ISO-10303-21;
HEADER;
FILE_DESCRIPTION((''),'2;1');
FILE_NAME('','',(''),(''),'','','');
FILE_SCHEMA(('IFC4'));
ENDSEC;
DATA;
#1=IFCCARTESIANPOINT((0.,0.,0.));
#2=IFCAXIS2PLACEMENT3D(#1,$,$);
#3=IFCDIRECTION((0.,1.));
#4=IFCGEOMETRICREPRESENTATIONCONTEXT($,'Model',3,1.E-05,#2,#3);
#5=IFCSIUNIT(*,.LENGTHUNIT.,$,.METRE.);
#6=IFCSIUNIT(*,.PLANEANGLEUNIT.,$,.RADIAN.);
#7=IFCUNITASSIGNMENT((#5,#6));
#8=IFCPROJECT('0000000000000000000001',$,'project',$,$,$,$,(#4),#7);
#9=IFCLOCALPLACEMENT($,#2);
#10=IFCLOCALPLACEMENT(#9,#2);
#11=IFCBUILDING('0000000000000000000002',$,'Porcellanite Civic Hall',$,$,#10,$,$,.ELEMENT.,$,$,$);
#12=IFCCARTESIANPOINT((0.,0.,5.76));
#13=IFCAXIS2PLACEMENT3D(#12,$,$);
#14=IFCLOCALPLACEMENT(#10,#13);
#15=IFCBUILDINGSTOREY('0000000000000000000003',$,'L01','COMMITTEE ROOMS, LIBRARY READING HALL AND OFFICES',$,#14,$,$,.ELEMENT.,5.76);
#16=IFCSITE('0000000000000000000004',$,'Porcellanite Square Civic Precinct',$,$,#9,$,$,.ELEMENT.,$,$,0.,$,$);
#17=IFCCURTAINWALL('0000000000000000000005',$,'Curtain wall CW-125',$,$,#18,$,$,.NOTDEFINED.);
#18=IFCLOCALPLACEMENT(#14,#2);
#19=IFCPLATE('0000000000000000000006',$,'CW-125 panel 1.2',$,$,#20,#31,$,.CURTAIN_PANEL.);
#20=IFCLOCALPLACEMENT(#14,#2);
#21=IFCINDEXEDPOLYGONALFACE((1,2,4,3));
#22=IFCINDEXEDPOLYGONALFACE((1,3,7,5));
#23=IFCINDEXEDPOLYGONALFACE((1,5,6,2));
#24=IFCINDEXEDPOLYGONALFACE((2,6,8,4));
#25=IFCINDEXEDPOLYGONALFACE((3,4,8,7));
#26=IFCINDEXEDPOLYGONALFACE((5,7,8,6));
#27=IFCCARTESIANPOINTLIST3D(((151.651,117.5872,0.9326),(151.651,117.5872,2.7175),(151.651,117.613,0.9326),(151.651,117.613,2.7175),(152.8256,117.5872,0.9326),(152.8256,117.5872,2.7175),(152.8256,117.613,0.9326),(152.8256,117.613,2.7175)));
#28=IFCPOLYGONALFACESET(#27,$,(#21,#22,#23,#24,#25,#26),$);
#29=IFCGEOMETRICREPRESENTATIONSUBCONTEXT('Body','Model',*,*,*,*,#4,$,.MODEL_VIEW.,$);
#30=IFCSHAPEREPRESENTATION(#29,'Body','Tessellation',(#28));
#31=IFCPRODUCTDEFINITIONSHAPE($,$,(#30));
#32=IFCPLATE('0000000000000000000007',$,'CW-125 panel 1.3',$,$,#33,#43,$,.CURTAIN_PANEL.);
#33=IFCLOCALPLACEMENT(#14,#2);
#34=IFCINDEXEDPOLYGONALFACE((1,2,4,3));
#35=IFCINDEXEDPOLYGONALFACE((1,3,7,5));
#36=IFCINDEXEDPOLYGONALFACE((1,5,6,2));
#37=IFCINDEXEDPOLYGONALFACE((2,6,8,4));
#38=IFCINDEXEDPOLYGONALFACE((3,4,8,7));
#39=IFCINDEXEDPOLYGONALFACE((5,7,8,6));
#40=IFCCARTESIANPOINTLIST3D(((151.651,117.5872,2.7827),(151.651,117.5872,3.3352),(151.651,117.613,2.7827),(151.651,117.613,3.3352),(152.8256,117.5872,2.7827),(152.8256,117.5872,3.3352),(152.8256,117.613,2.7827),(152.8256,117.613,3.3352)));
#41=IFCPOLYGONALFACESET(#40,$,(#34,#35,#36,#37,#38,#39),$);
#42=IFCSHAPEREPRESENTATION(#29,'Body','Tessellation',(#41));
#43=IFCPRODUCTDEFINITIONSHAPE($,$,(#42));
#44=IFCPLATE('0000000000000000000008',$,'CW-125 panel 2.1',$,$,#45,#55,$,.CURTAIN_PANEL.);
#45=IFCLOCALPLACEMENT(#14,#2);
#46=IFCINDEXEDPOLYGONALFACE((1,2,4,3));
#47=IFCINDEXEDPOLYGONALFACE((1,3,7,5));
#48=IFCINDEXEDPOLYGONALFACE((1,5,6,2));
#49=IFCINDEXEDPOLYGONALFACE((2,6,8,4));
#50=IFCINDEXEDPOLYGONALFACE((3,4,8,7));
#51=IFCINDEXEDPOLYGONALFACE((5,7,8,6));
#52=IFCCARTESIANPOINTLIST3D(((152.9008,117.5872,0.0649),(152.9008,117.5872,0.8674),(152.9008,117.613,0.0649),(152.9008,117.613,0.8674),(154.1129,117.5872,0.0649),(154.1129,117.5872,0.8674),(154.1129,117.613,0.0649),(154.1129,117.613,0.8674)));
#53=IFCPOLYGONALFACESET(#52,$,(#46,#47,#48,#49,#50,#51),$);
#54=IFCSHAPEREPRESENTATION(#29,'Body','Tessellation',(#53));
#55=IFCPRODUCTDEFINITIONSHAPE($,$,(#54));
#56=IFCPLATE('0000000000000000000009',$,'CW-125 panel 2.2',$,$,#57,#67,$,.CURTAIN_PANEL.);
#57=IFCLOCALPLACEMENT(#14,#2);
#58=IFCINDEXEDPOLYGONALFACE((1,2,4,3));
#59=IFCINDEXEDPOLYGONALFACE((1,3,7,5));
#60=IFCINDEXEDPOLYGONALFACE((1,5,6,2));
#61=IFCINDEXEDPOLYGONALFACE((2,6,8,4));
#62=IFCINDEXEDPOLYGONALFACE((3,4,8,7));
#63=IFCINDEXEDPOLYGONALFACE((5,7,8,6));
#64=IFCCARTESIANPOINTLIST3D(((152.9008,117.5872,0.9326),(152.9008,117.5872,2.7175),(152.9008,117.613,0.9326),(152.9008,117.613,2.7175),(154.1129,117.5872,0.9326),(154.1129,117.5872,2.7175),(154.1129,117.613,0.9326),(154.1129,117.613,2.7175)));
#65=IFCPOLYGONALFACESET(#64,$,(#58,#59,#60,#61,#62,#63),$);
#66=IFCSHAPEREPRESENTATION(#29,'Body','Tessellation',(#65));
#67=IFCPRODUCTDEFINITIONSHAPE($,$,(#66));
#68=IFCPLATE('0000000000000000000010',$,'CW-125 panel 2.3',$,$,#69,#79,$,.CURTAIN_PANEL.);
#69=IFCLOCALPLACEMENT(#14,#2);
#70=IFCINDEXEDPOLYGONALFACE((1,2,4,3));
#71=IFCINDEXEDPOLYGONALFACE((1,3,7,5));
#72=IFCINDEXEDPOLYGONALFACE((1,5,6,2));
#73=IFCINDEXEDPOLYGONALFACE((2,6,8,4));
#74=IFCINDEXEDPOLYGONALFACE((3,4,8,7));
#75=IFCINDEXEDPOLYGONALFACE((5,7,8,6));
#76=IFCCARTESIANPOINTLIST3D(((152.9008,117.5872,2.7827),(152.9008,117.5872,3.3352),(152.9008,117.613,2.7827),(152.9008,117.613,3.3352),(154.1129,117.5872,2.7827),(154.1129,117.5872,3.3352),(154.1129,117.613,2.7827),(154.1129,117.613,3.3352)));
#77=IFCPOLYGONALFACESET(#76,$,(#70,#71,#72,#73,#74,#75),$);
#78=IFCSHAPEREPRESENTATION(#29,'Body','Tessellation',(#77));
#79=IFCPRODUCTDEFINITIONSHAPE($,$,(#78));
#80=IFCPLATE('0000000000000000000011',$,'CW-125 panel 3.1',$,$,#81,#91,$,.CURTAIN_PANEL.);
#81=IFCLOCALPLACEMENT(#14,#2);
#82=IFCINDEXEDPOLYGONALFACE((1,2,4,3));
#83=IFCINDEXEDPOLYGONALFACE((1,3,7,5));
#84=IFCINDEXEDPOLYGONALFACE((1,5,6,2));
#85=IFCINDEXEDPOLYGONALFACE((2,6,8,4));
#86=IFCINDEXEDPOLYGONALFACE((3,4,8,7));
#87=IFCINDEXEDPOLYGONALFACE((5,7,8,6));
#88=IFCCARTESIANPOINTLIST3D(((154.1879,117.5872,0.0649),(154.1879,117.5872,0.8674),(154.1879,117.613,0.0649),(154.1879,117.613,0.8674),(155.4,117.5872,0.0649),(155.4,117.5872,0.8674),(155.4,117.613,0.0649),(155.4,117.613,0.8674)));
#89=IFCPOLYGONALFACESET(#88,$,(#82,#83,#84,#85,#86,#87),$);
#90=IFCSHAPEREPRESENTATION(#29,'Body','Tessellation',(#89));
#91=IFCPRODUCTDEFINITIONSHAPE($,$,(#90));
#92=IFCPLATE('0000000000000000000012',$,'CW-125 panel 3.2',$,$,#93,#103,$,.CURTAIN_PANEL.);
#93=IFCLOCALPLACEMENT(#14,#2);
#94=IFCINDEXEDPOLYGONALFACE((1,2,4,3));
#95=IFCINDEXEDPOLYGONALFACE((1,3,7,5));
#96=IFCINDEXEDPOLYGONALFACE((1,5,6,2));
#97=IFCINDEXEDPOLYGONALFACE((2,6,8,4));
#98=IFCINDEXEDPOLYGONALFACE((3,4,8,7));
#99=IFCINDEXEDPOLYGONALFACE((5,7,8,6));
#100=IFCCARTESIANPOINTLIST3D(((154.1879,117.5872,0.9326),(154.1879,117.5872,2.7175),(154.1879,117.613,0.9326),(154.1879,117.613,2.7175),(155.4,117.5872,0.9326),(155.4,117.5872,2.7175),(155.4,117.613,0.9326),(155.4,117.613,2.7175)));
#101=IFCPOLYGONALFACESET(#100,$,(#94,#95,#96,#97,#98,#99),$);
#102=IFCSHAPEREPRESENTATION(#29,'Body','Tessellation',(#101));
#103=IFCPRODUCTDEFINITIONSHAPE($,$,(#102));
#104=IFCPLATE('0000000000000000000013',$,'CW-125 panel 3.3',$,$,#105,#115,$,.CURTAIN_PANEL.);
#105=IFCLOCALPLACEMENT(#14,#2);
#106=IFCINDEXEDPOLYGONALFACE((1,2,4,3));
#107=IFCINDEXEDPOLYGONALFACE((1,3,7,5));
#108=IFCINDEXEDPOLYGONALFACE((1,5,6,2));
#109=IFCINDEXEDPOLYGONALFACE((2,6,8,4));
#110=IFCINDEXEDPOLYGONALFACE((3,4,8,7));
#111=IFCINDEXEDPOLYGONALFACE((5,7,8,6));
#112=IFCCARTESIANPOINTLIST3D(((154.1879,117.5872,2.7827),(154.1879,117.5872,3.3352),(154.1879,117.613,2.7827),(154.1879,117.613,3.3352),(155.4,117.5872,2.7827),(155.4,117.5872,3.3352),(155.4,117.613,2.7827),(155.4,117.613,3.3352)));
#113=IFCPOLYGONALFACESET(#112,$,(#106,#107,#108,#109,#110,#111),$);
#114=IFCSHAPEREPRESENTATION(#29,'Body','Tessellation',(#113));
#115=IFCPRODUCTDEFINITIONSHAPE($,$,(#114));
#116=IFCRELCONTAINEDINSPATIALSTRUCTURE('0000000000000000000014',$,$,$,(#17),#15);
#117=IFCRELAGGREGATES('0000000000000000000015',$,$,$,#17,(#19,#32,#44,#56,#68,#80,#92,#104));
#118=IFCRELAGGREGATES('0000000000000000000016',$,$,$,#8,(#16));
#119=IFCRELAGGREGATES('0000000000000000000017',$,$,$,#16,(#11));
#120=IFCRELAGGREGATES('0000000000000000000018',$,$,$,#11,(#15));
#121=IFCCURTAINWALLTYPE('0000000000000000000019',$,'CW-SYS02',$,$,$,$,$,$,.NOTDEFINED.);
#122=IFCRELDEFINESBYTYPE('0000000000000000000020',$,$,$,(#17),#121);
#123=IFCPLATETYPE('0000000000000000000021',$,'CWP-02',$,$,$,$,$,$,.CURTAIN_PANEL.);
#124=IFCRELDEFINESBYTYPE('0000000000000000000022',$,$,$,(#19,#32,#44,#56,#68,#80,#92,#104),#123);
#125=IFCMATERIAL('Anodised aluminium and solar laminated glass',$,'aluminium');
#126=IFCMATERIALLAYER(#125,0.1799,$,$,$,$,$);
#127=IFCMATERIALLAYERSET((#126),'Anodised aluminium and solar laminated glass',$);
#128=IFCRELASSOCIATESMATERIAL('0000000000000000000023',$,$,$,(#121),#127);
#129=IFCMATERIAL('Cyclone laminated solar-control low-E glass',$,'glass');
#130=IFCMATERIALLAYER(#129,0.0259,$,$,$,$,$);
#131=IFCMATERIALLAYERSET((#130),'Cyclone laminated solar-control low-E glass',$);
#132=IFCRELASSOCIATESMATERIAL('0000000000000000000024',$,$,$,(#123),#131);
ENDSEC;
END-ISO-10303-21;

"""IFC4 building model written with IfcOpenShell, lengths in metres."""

from ifc_helpers import new_model, si_unit, direction, frame, origin, origin_2d, place, context, subcontext, project, spatial, rectangle, extrude, material, layer, layer_set, type_object, element, aggregate, save


model = new_model("IFC4")

# Units and contexts
model_context = context("Model", 3, precision=1e-05, world=origin(), true_north=direction((0.0, 1.0)))
body_context = subcontext(model_context, "Body", "Model", "MODEL_VIEW")
ifc_project = project(units=[si_unit("LENGTHUNIT", "METRE"), si_unit("PLANEANGLEUNIT", "RADIAN")], contexts=[model_context])

# Site, building, storey
site_placement = place(None, origin())
site = spatial("IfcSite", under=ifc_project, at=site_placement, Name="Porcellanite Square Civic Precinct", CompositionType="ELEMENT", RefElevation=0.0)
building_placement = place(site_placement, origin())
building = spatial("IfcBuilding", under=site, at=building_placement, Name="Porcellanite Civic Hall", CompositionType="ELEMENT")
storey_placement = place(building_placement, frame((0.0, 0.0, 5.76)))
storey = spatial("IfcBuildingStorey", under=building, at=storey_placement, Name="L01", Description="COMMITTEE ROOMS, LIBRARY READING HALL AND OFFICES", CompositionType="ELEMENT", Elevation=5.76)

# Shared definitions
ifc_material_1 = material(Name="Anodised aluminium and solar laminated glass", Category="aluminium")
ifc_layer_1 = layer(ifc_material_1, 0.1799)
ifc_layer_set_1 = layer_set([ifc_layer_1], Name="Anodised aluminium and solar laminated glass")
curtain_wall_type = type_object("IfcCurtainWallType", Name="CW-SYS02", PredefinedType="NOTDEFINED", material=ifc_layer_set_1)

# Curtain wall
curtain_wall_1_placement = place(storey_placement, origin())
curtain_wall_1 = element("IfcCurtainWall", 1, at=curtain_wall_1_placement, inside=storey, type_object=curtain_wall_type, Name="Curtain wall CW-125", PredefinedType="NOTDEFINED")

# Plates
ifc_material_2 = material(Name="Cyclone laminated solar-control low-E glass", Category="glass")
ifc_layer_2 = layer(ifc_material_2, 0.0259)
ifc_layer_set_2 = layer_set([ifc_layer_2], Name="Cyclone laminated solar-control low-E glass")
plate_type = type_object("IfcPlateType", Name="CWP-02", PredefinedType="CURTAIN_PANEL", material=ifc_layer_set_2)
plate_1_placement = place(storey_placement, frame((152.2383, 117.6001, 0.9326), z_axis=(0.0, 0.0, 1.0), x_axis=(1.0, 0.0, 0.0)))
plate_1 = element("IfcPlate", 2, at=plate_1_placement, type_object=plate_type, Name="CW-125 panel 1.2", PredefinedType="CURTAIN_PANEL", context=body_context, shape_type="SweptSolid", body=[
    extrude(rectangle(XDim=1.1746, YDim=0.0259, at=origin_2d()), origin(), (0.0, 0.0, 1.0), 1.7849),
])
plate_2_placement = place(storey_placement, frame((152.2383, 117.6001, 2.7827), z_axis=(0.0, 0.0, 1.0), x_axis=(1.0, 0.0, 0.0)))
plate_2 = element("IfcPlate", 3, at=plate_2_placement, type_object=plate_type, Name="CW-125 panel 1.3", PredefinedType="CURTAIN_PANEL", context=body_context, shape_type="SweptSolid", body=[
    extrude(rectangle(XDim=1.1746, YDim=0.0259, at=origin_2d()), origin(), (0.0, 0.0, 1.0), 0.5525),
])
plate_3_placement = place(storey_placement, frame((153.5068, 117.6001, 0.0649), z_axis=(0.0, 0.0, 1.0), x_axis=(1.0, 0.0, 0.0)))
plate_3 = element("IfcPlate", 4, at=plate_3_placement, type_object=plate_type, Name="CW-125 panel 2.1", PredefinedType="CURTAIN_PANEL", context=body_context, shape_type="SweptSolid", body=[
    extrude(rectangle(XDim=1.2122, YDim=0.0259, at=origin_2d()), origin(), (0.0, 0.0, 1.0), 0.8025),
])
plate_4_placement = place(storey_placement, frame((153.5068, 117.6001, 0.9326), z_axis=(0.0, 0.0, 1.0), x_axis=(1.0, 0.0, 0.0)))
plate_4 = element("IfcPlate", 5, at=plate_4_placement, type_object=plate_type, Name="CW-125 panel 2.2", PredefinedType="CURTAIN_PANEL", context=body_context, shape_type="SweptSolid", body=[
    extrude(rectangle(XDim=1.2122, YDim=0.0259, at=origin_2d()), origin(), (0.0, 0.0, 1.0), 1.7849),
])
plate_5_placement = place(storey_placement, frame((153.5068, 117.6001, 2.7827), z_axis=(0.0, 0.0, 1.0), x_axis=(1.0, 0.0, 0.0)))
plate_5 = element("IfcPlate", 6, at=plate_5_placement, type_object=plate_type, Name="CW-125 panel 2.3", PredefinedType="CURTAIN_PANEL", context=body_context, shape_type="SweptSolid", body=[
    extrude(rectangle(XDim=1.2122, YDim=0.0259, at=origin_2d()), origin(), (0.0, 0.0, 1.0), 0.5525),
])
plate_6_placement = place(storey_placement, frame((154.7939, 117.6001, 0.0649), z_axis=(0.0, 0.0, 1.0), x_axis=(1.0, 0.0, 0.0)))
plate_6 = element("IfcPlate", 7, at=plate_6_placement, type_object=plate_type, Name="CW-125 panel 3.1", PredefinedType="CURTAIN_PANEL", context=body_context, shape_type="SweptSolid", body=[
    extrude(rectangle(XDim=1.2122, YDim=0.0259, at=origin_2d()), origin(), (0.0, 0.0, 1.0), 0.8025),
])
plate_7_placement = place(storey_placement, frame((154.7939, 117.6001, 0.9326), z_axis=(0.0, 0.0, 1.0), x_axis=(1.0, 0.0, 0.0)))
plate_7 = element("IfcPlate", 8, at=plate_7_placement, type_object=plate_type, Name="CW-125 panel 3.2", PredefinedType="CURTAIN_PANEL", context=body_context, shape_type="SweptSolid", body=[
    extrude(rectangle(XDim=1.2122, YDim=0.0259, at=origin_2d()), origin(), (0.0, 0.0, 1.0), 1.7849),
])
plate_8_placement = place(storey_placement, frame((154.7939, 117.6001, 2.7827), z_axis=(0.0, 0.0, 1.0), x_axis=(1.0, 0.0, 0.0)))
plate_8 = element("IfcPlate", 9, at=plate_8_placement, type_object=plate_type, Name="CW-125 panel 3.3", PredefinedType="CURTAIN_PANEL", context=body_context, shape_type="SweptSolid", body=[
    extrude(rectangle(XDim=1.2122, YDim=0.0259, at=origin_2d()), origin(), (0.0, 0.0, 1.0), 0.5525),
])
aggregate(curtain_wall_1, [plate_1, plate_2, plate_3, plate_4, plate_5, plate_6, plate_7, plate_8])

save(model, "model.ifc")
